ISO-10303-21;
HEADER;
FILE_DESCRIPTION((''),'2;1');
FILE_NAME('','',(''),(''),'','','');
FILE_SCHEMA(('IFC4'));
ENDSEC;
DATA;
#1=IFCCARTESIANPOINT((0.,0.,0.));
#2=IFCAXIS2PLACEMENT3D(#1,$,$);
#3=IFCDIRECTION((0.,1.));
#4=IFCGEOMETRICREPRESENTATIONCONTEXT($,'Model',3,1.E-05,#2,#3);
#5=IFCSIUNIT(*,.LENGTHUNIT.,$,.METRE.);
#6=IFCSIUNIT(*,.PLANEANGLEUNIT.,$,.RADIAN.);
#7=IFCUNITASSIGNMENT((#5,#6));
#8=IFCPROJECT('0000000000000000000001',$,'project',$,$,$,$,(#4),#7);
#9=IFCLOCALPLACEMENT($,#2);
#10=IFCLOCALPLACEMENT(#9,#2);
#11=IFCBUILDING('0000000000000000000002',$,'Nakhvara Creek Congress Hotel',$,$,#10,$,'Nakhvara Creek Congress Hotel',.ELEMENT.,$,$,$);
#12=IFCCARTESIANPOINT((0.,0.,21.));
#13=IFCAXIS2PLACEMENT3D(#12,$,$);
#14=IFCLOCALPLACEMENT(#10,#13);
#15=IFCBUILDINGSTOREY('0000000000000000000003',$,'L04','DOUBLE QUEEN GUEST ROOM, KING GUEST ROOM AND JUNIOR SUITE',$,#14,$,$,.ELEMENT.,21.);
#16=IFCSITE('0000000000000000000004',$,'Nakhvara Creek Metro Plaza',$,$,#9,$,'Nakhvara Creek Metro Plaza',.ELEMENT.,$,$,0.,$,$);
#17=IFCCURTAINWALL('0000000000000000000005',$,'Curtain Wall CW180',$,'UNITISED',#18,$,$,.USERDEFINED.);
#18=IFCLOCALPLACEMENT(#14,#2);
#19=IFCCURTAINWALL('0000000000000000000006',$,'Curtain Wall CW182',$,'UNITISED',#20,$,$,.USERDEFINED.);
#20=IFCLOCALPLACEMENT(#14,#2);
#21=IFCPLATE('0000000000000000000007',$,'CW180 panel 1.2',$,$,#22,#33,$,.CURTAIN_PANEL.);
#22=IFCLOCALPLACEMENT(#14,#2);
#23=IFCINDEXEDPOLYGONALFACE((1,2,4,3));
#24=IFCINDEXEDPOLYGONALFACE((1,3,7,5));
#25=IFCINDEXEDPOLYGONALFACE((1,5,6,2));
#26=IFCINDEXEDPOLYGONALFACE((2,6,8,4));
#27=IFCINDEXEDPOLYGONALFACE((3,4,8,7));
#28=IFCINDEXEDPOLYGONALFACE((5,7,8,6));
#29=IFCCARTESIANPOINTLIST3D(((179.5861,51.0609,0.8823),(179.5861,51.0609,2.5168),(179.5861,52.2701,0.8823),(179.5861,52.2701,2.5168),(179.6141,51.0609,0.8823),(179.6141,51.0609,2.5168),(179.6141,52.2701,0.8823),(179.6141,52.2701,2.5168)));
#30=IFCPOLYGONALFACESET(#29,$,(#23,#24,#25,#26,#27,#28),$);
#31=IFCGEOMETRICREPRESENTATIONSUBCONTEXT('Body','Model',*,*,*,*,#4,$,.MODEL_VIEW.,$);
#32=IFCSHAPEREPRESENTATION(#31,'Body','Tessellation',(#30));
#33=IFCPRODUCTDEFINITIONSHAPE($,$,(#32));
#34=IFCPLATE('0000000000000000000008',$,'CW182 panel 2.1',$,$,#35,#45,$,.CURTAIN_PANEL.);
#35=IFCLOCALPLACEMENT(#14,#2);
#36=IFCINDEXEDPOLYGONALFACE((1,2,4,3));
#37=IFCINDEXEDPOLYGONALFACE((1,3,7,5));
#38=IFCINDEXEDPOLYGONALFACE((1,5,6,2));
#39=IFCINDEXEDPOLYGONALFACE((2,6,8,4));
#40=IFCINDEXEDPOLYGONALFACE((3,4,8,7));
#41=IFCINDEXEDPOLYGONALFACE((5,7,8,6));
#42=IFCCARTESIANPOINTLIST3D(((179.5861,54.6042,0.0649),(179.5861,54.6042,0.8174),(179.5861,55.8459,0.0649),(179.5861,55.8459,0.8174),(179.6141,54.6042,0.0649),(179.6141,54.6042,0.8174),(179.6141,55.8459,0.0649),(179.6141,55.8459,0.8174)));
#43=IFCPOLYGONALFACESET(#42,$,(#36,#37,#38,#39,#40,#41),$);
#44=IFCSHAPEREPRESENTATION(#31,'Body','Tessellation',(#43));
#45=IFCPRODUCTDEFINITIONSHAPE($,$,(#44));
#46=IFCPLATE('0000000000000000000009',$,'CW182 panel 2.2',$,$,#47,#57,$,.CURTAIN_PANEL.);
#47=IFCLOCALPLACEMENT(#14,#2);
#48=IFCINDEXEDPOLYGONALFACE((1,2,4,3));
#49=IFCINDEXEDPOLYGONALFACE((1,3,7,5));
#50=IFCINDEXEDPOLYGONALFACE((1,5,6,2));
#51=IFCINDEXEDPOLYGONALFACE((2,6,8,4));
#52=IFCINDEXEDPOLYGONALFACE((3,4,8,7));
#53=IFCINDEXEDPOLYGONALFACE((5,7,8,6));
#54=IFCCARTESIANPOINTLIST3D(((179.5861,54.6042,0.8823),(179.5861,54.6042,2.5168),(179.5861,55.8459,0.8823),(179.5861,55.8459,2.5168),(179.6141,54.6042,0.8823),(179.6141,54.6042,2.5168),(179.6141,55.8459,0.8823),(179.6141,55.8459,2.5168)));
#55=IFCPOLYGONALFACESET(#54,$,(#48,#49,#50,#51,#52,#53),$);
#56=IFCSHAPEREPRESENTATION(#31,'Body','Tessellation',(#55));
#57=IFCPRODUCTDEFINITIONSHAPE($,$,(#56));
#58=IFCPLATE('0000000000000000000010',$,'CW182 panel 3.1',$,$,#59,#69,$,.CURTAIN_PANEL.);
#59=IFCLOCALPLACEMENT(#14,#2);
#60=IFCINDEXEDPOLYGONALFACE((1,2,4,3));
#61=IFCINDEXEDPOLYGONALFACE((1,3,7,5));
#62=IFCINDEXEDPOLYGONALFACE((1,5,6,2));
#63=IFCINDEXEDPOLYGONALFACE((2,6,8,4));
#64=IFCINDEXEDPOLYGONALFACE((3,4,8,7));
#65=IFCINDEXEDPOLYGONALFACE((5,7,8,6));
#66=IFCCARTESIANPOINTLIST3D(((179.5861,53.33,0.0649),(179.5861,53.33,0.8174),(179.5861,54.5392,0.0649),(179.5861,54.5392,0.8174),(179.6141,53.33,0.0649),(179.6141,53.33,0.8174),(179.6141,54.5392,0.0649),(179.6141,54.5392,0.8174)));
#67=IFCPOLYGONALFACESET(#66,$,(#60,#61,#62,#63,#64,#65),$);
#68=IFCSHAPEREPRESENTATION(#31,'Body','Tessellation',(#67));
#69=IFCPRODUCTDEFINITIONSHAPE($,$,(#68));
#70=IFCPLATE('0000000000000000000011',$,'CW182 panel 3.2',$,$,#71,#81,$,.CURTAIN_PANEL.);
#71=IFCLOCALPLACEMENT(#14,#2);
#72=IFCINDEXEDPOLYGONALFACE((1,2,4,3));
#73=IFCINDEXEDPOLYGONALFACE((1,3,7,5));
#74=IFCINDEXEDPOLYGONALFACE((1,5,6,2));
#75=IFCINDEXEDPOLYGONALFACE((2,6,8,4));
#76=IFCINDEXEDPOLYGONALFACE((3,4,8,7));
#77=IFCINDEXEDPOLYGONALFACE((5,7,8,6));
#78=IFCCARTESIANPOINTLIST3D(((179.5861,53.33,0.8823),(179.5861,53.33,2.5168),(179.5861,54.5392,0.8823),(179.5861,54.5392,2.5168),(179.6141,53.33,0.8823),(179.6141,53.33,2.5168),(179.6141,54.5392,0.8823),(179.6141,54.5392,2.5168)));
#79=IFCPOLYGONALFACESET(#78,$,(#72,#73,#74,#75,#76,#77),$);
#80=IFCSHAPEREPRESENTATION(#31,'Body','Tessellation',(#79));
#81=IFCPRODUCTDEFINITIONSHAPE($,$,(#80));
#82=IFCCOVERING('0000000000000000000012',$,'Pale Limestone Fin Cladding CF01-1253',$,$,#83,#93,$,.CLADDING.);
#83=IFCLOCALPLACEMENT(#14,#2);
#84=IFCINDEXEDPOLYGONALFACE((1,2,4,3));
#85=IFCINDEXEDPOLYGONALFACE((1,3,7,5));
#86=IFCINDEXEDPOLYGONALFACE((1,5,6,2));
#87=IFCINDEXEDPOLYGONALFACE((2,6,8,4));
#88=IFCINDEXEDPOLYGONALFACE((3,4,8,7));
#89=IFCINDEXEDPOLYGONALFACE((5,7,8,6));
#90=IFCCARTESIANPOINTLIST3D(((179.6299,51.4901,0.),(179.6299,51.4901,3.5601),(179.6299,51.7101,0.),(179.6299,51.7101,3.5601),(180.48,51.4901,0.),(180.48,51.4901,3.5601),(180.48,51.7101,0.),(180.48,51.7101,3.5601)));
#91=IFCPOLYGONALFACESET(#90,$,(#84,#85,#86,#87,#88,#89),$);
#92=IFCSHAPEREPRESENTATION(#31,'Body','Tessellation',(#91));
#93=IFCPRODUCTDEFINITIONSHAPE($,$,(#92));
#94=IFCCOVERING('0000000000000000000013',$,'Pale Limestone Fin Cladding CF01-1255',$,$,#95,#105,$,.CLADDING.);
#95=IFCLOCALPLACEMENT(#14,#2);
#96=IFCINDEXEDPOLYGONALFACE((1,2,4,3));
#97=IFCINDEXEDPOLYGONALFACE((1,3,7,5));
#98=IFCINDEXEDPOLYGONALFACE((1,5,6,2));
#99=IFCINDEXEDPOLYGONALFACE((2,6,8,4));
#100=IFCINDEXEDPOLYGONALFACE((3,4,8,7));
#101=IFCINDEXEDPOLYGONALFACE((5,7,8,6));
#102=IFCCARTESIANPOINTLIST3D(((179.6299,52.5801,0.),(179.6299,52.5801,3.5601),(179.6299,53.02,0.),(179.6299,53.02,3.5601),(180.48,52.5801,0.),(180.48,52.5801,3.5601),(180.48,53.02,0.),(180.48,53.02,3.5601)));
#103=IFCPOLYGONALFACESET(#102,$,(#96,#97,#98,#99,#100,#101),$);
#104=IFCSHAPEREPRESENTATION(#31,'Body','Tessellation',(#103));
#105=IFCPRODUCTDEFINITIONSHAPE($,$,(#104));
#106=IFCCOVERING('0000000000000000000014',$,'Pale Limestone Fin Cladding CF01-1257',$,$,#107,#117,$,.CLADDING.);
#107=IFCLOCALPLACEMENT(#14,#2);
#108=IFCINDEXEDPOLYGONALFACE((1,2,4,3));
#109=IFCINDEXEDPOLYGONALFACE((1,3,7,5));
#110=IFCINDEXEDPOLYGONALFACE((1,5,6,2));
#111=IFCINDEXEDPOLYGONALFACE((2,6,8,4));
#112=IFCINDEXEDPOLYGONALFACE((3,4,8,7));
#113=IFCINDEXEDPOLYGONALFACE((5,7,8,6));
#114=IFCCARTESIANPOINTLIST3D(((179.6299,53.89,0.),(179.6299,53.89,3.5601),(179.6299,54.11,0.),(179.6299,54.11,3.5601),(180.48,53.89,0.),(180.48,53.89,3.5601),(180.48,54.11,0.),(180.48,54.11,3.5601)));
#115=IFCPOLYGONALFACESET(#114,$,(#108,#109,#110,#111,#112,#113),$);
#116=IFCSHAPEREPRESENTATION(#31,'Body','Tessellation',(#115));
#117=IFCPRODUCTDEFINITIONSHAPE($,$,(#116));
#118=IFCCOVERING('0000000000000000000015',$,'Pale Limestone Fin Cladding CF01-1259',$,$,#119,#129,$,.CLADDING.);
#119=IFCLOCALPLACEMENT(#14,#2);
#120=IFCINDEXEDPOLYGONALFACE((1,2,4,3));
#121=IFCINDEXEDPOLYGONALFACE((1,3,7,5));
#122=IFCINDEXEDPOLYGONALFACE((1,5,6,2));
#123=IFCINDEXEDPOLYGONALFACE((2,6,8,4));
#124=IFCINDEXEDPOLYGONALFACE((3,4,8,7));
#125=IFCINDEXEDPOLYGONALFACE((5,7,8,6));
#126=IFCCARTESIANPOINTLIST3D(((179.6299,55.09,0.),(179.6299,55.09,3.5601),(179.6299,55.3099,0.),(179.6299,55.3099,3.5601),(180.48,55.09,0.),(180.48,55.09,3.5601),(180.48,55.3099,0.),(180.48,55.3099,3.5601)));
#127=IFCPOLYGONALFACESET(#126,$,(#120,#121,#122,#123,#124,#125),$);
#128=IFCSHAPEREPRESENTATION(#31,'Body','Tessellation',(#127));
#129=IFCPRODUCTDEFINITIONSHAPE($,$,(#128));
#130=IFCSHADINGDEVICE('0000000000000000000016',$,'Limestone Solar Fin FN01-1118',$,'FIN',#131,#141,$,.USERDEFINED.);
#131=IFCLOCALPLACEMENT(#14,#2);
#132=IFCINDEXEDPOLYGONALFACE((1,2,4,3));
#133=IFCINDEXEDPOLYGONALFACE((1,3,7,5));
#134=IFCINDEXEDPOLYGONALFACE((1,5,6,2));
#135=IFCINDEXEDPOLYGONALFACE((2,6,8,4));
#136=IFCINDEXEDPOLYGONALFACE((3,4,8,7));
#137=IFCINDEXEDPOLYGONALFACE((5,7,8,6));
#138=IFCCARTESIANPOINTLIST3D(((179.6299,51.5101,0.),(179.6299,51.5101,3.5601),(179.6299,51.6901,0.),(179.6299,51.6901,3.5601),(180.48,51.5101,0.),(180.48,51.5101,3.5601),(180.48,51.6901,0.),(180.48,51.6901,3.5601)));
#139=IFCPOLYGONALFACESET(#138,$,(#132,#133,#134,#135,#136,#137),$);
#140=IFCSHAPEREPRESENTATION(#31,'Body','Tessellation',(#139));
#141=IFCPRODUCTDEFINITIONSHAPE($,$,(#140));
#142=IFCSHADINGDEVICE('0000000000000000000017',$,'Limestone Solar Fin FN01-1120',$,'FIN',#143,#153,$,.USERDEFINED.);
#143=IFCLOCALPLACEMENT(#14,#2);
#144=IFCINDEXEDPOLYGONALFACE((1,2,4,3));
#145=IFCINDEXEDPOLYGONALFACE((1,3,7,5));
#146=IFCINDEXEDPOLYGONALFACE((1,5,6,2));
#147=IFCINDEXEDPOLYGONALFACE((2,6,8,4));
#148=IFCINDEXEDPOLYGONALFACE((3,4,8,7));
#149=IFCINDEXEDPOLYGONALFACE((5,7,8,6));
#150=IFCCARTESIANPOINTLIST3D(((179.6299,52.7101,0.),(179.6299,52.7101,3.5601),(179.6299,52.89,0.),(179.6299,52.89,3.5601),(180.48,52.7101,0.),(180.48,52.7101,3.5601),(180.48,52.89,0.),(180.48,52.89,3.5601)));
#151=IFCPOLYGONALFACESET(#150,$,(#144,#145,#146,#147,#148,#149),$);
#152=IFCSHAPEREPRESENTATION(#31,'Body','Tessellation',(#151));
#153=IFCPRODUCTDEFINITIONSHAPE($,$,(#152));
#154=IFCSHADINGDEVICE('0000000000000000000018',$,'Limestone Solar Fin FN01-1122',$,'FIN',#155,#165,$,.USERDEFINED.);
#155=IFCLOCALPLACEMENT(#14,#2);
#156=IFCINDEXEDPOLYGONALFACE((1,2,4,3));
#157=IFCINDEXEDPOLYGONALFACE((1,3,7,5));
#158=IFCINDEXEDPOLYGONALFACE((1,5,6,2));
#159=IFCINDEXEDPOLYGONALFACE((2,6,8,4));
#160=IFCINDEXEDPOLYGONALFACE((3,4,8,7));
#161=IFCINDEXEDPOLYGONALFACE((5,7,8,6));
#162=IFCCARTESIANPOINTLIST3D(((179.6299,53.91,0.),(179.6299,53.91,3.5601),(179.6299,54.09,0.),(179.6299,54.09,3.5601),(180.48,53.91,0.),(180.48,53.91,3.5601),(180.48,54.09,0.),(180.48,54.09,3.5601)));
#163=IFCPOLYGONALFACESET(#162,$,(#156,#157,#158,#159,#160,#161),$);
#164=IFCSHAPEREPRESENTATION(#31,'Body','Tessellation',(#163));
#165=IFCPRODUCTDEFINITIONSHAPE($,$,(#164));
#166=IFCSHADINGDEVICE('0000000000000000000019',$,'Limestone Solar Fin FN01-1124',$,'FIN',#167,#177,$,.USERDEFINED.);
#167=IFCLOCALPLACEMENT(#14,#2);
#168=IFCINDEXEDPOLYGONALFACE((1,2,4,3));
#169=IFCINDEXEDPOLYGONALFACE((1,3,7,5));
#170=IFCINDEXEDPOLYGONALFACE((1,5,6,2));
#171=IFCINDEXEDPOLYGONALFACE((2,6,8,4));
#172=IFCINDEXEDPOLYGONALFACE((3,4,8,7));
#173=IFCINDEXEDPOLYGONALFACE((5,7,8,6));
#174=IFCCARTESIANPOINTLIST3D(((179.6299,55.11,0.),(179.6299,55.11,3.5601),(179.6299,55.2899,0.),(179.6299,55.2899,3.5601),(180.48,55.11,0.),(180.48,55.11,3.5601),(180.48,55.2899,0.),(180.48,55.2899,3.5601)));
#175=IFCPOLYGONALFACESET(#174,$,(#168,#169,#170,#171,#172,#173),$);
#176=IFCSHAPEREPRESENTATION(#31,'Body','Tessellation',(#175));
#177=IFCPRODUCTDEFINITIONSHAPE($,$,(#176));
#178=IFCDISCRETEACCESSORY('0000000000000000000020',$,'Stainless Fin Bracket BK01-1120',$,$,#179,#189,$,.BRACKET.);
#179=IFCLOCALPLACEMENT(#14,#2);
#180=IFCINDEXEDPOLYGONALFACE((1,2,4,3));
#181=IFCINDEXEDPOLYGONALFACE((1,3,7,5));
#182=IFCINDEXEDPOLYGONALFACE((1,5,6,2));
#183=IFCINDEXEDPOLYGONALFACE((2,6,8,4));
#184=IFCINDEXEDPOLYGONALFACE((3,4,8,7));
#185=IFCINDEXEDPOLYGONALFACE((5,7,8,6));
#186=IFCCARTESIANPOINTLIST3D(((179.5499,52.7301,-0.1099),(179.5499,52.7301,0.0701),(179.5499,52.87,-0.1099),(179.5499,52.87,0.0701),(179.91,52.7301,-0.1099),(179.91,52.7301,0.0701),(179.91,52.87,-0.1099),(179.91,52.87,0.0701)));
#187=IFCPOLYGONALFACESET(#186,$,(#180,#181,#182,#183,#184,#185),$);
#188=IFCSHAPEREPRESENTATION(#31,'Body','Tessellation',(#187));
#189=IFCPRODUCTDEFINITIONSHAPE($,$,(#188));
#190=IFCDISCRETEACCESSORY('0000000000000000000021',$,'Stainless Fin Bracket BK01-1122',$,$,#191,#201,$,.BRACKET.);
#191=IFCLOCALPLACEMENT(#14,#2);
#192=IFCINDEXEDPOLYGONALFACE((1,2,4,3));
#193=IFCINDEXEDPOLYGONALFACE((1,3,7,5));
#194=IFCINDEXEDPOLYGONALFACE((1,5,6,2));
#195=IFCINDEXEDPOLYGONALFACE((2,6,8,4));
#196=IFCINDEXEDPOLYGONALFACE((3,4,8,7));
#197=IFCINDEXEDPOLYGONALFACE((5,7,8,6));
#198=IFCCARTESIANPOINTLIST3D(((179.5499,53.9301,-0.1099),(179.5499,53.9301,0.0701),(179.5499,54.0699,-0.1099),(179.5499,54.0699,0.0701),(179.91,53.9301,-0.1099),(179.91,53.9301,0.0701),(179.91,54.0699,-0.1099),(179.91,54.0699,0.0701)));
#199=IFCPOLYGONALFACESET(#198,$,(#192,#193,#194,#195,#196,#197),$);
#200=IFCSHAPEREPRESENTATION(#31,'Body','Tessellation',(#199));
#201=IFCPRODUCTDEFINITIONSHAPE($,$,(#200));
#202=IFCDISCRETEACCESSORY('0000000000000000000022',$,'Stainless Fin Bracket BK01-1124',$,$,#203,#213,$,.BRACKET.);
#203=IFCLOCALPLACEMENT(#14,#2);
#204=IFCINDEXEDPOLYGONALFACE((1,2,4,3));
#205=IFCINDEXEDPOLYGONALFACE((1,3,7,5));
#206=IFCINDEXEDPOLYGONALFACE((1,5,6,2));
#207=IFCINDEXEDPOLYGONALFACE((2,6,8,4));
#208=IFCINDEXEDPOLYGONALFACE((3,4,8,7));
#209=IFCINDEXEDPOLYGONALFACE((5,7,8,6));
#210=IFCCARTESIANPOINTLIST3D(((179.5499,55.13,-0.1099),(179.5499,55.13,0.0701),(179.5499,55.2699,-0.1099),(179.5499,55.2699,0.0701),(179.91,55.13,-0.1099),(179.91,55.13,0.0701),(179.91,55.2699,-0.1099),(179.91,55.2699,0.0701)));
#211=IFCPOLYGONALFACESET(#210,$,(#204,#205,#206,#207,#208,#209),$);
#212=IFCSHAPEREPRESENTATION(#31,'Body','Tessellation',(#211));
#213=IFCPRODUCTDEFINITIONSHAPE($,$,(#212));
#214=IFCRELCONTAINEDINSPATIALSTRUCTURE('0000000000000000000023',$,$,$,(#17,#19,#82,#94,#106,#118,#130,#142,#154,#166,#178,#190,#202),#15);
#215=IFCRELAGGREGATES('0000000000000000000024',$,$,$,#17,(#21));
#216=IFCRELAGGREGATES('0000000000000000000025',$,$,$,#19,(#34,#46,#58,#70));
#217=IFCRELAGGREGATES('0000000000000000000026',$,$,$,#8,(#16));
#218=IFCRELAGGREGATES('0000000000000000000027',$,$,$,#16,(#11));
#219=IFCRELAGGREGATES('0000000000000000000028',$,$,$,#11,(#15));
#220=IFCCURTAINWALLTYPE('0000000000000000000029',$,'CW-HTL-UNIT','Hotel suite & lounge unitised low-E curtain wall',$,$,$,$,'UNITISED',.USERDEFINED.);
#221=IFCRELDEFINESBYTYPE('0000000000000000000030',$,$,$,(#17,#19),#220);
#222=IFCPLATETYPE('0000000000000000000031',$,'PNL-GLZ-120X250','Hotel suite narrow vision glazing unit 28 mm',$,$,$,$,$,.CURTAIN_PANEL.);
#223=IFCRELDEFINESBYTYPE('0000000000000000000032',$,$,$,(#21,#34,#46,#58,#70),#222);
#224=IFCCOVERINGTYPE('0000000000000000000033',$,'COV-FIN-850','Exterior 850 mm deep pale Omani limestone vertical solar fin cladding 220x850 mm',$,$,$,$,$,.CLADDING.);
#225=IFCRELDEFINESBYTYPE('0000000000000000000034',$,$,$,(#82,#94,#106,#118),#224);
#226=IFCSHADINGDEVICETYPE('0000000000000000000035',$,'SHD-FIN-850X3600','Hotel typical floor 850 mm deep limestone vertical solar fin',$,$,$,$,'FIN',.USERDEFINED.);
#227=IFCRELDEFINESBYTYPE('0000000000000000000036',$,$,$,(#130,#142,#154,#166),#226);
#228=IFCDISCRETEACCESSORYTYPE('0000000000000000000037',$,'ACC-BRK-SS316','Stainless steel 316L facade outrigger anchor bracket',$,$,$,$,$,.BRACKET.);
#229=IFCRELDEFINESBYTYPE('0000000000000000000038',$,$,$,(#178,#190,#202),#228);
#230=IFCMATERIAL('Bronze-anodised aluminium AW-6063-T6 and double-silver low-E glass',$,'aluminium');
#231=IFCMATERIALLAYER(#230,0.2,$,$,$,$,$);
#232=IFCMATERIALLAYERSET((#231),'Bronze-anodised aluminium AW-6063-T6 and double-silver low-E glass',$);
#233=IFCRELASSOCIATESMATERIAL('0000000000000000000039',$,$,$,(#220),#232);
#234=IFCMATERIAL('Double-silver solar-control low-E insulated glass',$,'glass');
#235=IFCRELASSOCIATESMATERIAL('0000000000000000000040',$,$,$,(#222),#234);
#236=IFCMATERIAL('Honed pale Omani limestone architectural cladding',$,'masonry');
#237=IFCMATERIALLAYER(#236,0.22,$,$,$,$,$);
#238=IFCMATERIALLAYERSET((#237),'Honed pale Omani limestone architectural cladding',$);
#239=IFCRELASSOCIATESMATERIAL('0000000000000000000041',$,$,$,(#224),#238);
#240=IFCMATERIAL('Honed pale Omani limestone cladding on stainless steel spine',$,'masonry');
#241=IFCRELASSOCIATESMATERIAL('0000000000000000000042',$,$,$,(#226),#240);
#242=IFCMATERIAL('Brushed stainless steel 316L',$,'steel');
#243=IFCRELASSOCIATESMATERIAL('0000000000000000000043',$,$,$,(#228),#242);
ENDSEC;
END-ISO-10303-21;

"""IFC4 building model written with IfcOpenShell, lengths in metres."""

from ifc_helpers import new_model, si_unit, direction, frame, origin, origin_2d, place, context, subcontext, project, spatial, rectangle, extrude, material, layer, layer_set, type_object, element, aggregate, save


model = new_model("IFC4")

# Units and contexts
model_context = context("Model", 3, precision=1e-05, world=origin(), true_north=direction((0.0, 1.0)))
body_context = subcontext(model_context, "Body", "Model", "MODEL_VIEW")
ifc_project = project(units=[si_unit("LENGTHUNIT", "METRE"), si_unit("PLANEANGLEUNIT", "RADIAN")], contexts=[model_context])

# Site, building, storey
site_placement = place(None, origin())
site = spatial("IfcSite", under=ifc_project, at=site_placement, Name="Nakhvara Creek Metro Plaza", LongName="Nakhvara Creek Metro Plaza", CompositionType="ELEMENT", RefElevation=0.0)
building_placement = place(site_placement, origin())
building = spatial("IfcBuilding", under=site, at=building_placement, Name="Nakhvara Creek Congress Hotel", LongName="Nakhvara Creek Congress Hotel", CompositionType="ELEMENT")
storey_placement = place(building_placement, frame((0.0, 0.0, 21.0)))
storey = spatial("IfcBuildingStorey", under=building, at=storey_placement, Name="L04", Description="DOUBLE QUEEN GUEST ROOM, KING GUEST ROOM AND JUNIOR SUITE", CompositionType="ELEMENT", Elevation=21.0)

# Curtain wall
ifc_material_1 = material(Name="Bronze-anodised aluminium AW-6063-T6 and double-silver low-E glass", Category="aluminium")
ifc_layer_1 = layer(ifc_material_1, 0.2)
ifc_layer_set_1 = layer_set([ifc_layer_1], Name="Bronze-anodised aluminium AW-6063-T6 and double-silver low-E glass")
curtain_wall_type = type_object("IfcCurtainWallType", Name="CW-HTL-UNIT", Description="Hotel suite & lounge unitised low-E curtain wall", ElementType="UNITISED", PredefinedType="USERDEFINED", material=ifc_layer_set_1)
curtain_wall_1_placement = place(storey_placement, origin())
curtain_wall_1 = element("IfcCurtainWall", 1, at=curtain_wall_1_placement, inside=storey, type_object=curtain_wall_type, Name="Curtain Wall CW180", ObjectType="UNITISED", PredefinedType="USERDEFINED")

# Curtain wall
curtain_wall_2_placement = place(storey_placement, origin())
curtain_wall_2 = element("IfcCurtainWall", 2, at=curtain_wall_2_placement, inside=storey, type_object=curtain_wall_type, Name="Curtain Wall CW182", ObjectType="UNITISED", PredefinedType="USERDEFINED")

# Plates
ifc_material_2 = material(Name="Double-silver solar-control low-E insulated glass", Category="glass")
plate_type = type_object("IfcPlateType", Name="PNL-GLZ-120X250", Description="Hotel suite narrow vision glazing unit 28 mm", PredefinedType="CURTAIN_PANEL", material=ifc_material_2)
plate_1_placement = place(storey_placement, frame((179.6001, 51.6655, 0.8823), z_axis=(0.0, 0.0, 1.0), x_axis=(0.0, -1.0, 0.0)))
plate_1 = element("IfcPlate", 3, at=plate_1_placement, type_object=plate_type, Name="CW180 panel 1.2", PredefinedType="CURTAIN_PANEL", context=body_context, shape_type="SweptSolid", body=[
    extrude(rectangle(XDim=1.2092, YDim=0.0281, at=origin_2d()), origin(), (0.0, 0.0, 1.0), 1.6345),
])
aggregate(curtain_wall_1, [plate_1])
plate_2_placement = place(storey_placement, frame((179.6001, 55.2251, 0.0649), z_axis=(0.0, 0.0, 1.0), x_axis=(0.0, -1.0, 0.0)))
plate_2 = element("IfcPlate", 4, at=plate_2_placement, type_object=plate_type, Name="CW182 panel 2.1", PredefinedType="CURTAIN_PANEL", context=body_context, shape_type="SweptSolid", body=[
    extrude(rectangle(XDim=1.2417, YDim=0.0281, at=origin_2d()), origin(), (0.0, 0.0, 1.0), 0.7524),
])
plate_3_placement = place(storey_placement, frame((179.6001, 55.2251, 0.8823), z_axis=(0.0, 0.0, 1.0), x_axis=(0.0, -1.0, 0.0)))
plate_3 = element("IfcPlate", 5, at=plate_3_placement, type_object=plate_type, Name="CW182 panel 2.2", PredefinedType="CURTAIN_PANEL", context=body_context, shape_type="SweptSolid", body=[
    extrude(rectangle(XDim=1.2417, YDim=0.0281, at=origin_2d()), origin(), (0.0, 0.0, 1.0), 1.6345),
])
plate_4_placement = place(storey_placement, frame((179.6001, 53.9346, 0.0649), z_axis=(0.0, 0.0, 1.0), x_axis=(0.0, -1.0, 0.0)))
plate_4 = element("IfcPlate", 6, at=plate_4_placement, type_object=plate_type, Name="CW182 panel 3.1", PredefinedType="CURTAIN_PANEL", context=body_context, shape_type="SweptSolid", body=[
    extrude(rectangle(XDim=1.2092, YDim=0.0281, at=origin_2d()), origin(), (0.0, 0.0, 1.0), 0.7524),
])
plate_5_placement = place(storey_placement, frame((179.6001, 53.9346, 0.8823), z_axis=(0.0, 0.0, 1.0), x_axis=(0.0, -1.0, 0.0)))
plate_5 = element("IfcPlate", 7, at=plate_5_placement, type_object=plate_type, Name="CW182 panel 3.2", PredefinedType="CURTAIN_PANEL", context=body_context, shape_type="SweptSolid", body=[
    extrude(rectangle(XDim=1.2092, YDim=0.0281, at=origin_2d()), origin(), (0.0, 0.0, 1.0), 1.6345),
])
aggregate(curtain_wall_2, [plate_2, plate_3, plate_4, plate_5])

# Coverings
ifc_material_3 = material(Name="Honed pale Omani limestone architectural cladding", Category="masonry")
ifc_layer_2 = layer(ifc_material_3, 0.22)
ifc_layer_set_2 = layer_set([ifc_layer_2], Name="Honed pale Omani limestone architectural cladding")
covering_type = type_object("IfcCoveringType", Name="COV-FIN-850", Description="Exterior 850 mm deep pale Omani limestone vertical solar fin cladding 220x850 mm", PredefinedType="CLADDING", material=ifc_layer_set_2)
covering_1_placement = place(storey_placement, frame((180.0549, 51.6001, 0.0), z_axis=(0.0, 0.0, 1.0), x_axis=(0.0, 1.0, 0.0)))
element("IfcCovering", 8, at=covering_1_placement, inside=storey, type_object=covering_type, Name="Pale Limestone Fin Cladding CF01-1253", PredefinedType="CLADDING", context=body_context, shape_type="SweptSolid", body=[
    extrude(rectangle(XDim=0.22, YDim=0.8501, at=origin_2d()), origin(), (0.0, 0.0, 1.0), 3.5601),
])
covering_2_placement = place(storey_placement, frame((180.0549, 52.8, 0.0), z_axis=(0.0, 0.0, 1.0), x_axis=(0.0, 1.0, 0.0)))
element("IfcCovering", 9, at=covering_2_placement, inside=storey, type_object=covering_type, Name="Pale Limestone Fin Cladding CF01-1255", PredefinedType="CLADDING", context=body_context, shape_type="SweptSolid", body=[
    extrude(rectangle(XDim=0.4399, YDim=0.8501, at=origin_2d()), origin(), (0.0, 0.0, 1.0), 3.5601),
])
for number, where, z_axis, x_axis, name in (
    (10, (180.0549, 54.0, 0.0), (0.0, 0.0, 1.0), (0.0, 1.0, 0.0), "Pale Limestone Fin Cladding CF01-1257"),
    (11, (180.0549, 55.2, 0.0), (0.0, 0.0, 1.0), (0.0, 1.0, 0.0), "Pale Limestone Fin Cladding CF01-1259"),
):
    element("IfcCovering", number, at=place(storey_placement, frame(where, z_axis=z_axis, x_axis=x_axis)), inside=storey, type_object=covering_type, Name=name, PredefinedType="CLADDING", context=body_context, shape_type="SweptSolid", body=[
        extrude(rectangle(XDim=0.22, YDim=0.8501, at=origin_2d()), origin(), (0.0, 0.0, 1.0), 3.5601),
    ])

# Shading devices
ifc_material_4 = material(Name="Honed pale Omani limestone cladding on stainless steel spine", Category="masonry")
shading_device_type = type_object("IfcShadingDeviceType", Name="SHD-FIN-850X3600", Description="Hotel typical floor 850 mm deep limestone vertical solar fin", ElementType="FIN", PredefinedType="USERDEFINED", material=ifc_material_4)
for number, where, z_axis, x_axis, name in (
    (12, (180.0549, 51.6001, 0.0), (0.0, 0.0, 1.0), (0.0, 1.0, 0.0), "Limestone Solar Fin FN01-1118"),
    (13, (180.0549, 52.8, 0.0), (0.0, 0.0, 1.0), (0.0, 1.0, 0.0), "Limestone Solar Fin FN01-1120"),
    (14, (180.0549, 54.0, 0.0), (0.0, 0.0, 1.0), (0.0, 1.0, 0.0), "Limestone Solar Fin FN01-1122"),
    (15, (180.0549, 55.2, 0.0), (0.0, 0.0, 1.0), (0.0, 1.0, 0.0), "Limestone Solar Fin FN01-1124"),
):
    element("IfcShadingDevice", number, at=place(storey_placement, frame(where, z_axis=z_axis, x_axis=x_axis)), inside=storey, type_object=shading_device_type, Name=name, ObjectType="FIN", PredefinedType="USERDEFINED", context=body_context, shape_type="SweptSolid", body=[
        extrude(rectangle(XDim=0.1799, YDim=0.8501, at=origin_2d()), origin(), (0.0, 0.0, 1.0), 3.5601),
    ])

# Discrete accessories
ifc_material_5 = material(Name="Brushed stainless steel 316L", Category="steel")
discrete_accessory_type = type_object("IfcDiscreteAccessoryType", Name="ACC-BRK-SS316", Description="Stainless steel 316L facade outrigger anchor bracket", PredefinedType="BRACKET", material=ifc_material_5)
for number, where, z_axis, x_axis, name in (
    (16, (179.73, 52.8, -0.1099), (0.0, 0.0, 1.0), (0.0, 1.0, 0.0), "Stainless Fin Bracket BK01-1120"),
    (17, (179.73, 54.0, -0.1099), (0.0, 0.0, 1.0), (0.0, 1.0, 0.0), "Stainless Fin Bracket BK01-1122"),
    (18, (179.73, 55.2, -0.1099), (0.0, 0.0, 1.0), (0.0, 1.0, 0.0), "Stainless Fin Bracket BK01-1124"),
):
    element("IfcDiscreteAccessory", number, at=place(storey_placement, frame(where, z_axis=z_axis, x_axis=x_axis)), inside=storey, type_object=discrete_accessory_type, Name=name, PredefinedType="BRACKET", context=body_context, shape_type="SweptSolid", body=[
        extrude(rectangle(XDim=0.1399, YDim=0.3601, at=origin_2d()), origin(), (0.0, 0.0, 1.0), 0.1799),
    ])

save(model, "model.ifc")
